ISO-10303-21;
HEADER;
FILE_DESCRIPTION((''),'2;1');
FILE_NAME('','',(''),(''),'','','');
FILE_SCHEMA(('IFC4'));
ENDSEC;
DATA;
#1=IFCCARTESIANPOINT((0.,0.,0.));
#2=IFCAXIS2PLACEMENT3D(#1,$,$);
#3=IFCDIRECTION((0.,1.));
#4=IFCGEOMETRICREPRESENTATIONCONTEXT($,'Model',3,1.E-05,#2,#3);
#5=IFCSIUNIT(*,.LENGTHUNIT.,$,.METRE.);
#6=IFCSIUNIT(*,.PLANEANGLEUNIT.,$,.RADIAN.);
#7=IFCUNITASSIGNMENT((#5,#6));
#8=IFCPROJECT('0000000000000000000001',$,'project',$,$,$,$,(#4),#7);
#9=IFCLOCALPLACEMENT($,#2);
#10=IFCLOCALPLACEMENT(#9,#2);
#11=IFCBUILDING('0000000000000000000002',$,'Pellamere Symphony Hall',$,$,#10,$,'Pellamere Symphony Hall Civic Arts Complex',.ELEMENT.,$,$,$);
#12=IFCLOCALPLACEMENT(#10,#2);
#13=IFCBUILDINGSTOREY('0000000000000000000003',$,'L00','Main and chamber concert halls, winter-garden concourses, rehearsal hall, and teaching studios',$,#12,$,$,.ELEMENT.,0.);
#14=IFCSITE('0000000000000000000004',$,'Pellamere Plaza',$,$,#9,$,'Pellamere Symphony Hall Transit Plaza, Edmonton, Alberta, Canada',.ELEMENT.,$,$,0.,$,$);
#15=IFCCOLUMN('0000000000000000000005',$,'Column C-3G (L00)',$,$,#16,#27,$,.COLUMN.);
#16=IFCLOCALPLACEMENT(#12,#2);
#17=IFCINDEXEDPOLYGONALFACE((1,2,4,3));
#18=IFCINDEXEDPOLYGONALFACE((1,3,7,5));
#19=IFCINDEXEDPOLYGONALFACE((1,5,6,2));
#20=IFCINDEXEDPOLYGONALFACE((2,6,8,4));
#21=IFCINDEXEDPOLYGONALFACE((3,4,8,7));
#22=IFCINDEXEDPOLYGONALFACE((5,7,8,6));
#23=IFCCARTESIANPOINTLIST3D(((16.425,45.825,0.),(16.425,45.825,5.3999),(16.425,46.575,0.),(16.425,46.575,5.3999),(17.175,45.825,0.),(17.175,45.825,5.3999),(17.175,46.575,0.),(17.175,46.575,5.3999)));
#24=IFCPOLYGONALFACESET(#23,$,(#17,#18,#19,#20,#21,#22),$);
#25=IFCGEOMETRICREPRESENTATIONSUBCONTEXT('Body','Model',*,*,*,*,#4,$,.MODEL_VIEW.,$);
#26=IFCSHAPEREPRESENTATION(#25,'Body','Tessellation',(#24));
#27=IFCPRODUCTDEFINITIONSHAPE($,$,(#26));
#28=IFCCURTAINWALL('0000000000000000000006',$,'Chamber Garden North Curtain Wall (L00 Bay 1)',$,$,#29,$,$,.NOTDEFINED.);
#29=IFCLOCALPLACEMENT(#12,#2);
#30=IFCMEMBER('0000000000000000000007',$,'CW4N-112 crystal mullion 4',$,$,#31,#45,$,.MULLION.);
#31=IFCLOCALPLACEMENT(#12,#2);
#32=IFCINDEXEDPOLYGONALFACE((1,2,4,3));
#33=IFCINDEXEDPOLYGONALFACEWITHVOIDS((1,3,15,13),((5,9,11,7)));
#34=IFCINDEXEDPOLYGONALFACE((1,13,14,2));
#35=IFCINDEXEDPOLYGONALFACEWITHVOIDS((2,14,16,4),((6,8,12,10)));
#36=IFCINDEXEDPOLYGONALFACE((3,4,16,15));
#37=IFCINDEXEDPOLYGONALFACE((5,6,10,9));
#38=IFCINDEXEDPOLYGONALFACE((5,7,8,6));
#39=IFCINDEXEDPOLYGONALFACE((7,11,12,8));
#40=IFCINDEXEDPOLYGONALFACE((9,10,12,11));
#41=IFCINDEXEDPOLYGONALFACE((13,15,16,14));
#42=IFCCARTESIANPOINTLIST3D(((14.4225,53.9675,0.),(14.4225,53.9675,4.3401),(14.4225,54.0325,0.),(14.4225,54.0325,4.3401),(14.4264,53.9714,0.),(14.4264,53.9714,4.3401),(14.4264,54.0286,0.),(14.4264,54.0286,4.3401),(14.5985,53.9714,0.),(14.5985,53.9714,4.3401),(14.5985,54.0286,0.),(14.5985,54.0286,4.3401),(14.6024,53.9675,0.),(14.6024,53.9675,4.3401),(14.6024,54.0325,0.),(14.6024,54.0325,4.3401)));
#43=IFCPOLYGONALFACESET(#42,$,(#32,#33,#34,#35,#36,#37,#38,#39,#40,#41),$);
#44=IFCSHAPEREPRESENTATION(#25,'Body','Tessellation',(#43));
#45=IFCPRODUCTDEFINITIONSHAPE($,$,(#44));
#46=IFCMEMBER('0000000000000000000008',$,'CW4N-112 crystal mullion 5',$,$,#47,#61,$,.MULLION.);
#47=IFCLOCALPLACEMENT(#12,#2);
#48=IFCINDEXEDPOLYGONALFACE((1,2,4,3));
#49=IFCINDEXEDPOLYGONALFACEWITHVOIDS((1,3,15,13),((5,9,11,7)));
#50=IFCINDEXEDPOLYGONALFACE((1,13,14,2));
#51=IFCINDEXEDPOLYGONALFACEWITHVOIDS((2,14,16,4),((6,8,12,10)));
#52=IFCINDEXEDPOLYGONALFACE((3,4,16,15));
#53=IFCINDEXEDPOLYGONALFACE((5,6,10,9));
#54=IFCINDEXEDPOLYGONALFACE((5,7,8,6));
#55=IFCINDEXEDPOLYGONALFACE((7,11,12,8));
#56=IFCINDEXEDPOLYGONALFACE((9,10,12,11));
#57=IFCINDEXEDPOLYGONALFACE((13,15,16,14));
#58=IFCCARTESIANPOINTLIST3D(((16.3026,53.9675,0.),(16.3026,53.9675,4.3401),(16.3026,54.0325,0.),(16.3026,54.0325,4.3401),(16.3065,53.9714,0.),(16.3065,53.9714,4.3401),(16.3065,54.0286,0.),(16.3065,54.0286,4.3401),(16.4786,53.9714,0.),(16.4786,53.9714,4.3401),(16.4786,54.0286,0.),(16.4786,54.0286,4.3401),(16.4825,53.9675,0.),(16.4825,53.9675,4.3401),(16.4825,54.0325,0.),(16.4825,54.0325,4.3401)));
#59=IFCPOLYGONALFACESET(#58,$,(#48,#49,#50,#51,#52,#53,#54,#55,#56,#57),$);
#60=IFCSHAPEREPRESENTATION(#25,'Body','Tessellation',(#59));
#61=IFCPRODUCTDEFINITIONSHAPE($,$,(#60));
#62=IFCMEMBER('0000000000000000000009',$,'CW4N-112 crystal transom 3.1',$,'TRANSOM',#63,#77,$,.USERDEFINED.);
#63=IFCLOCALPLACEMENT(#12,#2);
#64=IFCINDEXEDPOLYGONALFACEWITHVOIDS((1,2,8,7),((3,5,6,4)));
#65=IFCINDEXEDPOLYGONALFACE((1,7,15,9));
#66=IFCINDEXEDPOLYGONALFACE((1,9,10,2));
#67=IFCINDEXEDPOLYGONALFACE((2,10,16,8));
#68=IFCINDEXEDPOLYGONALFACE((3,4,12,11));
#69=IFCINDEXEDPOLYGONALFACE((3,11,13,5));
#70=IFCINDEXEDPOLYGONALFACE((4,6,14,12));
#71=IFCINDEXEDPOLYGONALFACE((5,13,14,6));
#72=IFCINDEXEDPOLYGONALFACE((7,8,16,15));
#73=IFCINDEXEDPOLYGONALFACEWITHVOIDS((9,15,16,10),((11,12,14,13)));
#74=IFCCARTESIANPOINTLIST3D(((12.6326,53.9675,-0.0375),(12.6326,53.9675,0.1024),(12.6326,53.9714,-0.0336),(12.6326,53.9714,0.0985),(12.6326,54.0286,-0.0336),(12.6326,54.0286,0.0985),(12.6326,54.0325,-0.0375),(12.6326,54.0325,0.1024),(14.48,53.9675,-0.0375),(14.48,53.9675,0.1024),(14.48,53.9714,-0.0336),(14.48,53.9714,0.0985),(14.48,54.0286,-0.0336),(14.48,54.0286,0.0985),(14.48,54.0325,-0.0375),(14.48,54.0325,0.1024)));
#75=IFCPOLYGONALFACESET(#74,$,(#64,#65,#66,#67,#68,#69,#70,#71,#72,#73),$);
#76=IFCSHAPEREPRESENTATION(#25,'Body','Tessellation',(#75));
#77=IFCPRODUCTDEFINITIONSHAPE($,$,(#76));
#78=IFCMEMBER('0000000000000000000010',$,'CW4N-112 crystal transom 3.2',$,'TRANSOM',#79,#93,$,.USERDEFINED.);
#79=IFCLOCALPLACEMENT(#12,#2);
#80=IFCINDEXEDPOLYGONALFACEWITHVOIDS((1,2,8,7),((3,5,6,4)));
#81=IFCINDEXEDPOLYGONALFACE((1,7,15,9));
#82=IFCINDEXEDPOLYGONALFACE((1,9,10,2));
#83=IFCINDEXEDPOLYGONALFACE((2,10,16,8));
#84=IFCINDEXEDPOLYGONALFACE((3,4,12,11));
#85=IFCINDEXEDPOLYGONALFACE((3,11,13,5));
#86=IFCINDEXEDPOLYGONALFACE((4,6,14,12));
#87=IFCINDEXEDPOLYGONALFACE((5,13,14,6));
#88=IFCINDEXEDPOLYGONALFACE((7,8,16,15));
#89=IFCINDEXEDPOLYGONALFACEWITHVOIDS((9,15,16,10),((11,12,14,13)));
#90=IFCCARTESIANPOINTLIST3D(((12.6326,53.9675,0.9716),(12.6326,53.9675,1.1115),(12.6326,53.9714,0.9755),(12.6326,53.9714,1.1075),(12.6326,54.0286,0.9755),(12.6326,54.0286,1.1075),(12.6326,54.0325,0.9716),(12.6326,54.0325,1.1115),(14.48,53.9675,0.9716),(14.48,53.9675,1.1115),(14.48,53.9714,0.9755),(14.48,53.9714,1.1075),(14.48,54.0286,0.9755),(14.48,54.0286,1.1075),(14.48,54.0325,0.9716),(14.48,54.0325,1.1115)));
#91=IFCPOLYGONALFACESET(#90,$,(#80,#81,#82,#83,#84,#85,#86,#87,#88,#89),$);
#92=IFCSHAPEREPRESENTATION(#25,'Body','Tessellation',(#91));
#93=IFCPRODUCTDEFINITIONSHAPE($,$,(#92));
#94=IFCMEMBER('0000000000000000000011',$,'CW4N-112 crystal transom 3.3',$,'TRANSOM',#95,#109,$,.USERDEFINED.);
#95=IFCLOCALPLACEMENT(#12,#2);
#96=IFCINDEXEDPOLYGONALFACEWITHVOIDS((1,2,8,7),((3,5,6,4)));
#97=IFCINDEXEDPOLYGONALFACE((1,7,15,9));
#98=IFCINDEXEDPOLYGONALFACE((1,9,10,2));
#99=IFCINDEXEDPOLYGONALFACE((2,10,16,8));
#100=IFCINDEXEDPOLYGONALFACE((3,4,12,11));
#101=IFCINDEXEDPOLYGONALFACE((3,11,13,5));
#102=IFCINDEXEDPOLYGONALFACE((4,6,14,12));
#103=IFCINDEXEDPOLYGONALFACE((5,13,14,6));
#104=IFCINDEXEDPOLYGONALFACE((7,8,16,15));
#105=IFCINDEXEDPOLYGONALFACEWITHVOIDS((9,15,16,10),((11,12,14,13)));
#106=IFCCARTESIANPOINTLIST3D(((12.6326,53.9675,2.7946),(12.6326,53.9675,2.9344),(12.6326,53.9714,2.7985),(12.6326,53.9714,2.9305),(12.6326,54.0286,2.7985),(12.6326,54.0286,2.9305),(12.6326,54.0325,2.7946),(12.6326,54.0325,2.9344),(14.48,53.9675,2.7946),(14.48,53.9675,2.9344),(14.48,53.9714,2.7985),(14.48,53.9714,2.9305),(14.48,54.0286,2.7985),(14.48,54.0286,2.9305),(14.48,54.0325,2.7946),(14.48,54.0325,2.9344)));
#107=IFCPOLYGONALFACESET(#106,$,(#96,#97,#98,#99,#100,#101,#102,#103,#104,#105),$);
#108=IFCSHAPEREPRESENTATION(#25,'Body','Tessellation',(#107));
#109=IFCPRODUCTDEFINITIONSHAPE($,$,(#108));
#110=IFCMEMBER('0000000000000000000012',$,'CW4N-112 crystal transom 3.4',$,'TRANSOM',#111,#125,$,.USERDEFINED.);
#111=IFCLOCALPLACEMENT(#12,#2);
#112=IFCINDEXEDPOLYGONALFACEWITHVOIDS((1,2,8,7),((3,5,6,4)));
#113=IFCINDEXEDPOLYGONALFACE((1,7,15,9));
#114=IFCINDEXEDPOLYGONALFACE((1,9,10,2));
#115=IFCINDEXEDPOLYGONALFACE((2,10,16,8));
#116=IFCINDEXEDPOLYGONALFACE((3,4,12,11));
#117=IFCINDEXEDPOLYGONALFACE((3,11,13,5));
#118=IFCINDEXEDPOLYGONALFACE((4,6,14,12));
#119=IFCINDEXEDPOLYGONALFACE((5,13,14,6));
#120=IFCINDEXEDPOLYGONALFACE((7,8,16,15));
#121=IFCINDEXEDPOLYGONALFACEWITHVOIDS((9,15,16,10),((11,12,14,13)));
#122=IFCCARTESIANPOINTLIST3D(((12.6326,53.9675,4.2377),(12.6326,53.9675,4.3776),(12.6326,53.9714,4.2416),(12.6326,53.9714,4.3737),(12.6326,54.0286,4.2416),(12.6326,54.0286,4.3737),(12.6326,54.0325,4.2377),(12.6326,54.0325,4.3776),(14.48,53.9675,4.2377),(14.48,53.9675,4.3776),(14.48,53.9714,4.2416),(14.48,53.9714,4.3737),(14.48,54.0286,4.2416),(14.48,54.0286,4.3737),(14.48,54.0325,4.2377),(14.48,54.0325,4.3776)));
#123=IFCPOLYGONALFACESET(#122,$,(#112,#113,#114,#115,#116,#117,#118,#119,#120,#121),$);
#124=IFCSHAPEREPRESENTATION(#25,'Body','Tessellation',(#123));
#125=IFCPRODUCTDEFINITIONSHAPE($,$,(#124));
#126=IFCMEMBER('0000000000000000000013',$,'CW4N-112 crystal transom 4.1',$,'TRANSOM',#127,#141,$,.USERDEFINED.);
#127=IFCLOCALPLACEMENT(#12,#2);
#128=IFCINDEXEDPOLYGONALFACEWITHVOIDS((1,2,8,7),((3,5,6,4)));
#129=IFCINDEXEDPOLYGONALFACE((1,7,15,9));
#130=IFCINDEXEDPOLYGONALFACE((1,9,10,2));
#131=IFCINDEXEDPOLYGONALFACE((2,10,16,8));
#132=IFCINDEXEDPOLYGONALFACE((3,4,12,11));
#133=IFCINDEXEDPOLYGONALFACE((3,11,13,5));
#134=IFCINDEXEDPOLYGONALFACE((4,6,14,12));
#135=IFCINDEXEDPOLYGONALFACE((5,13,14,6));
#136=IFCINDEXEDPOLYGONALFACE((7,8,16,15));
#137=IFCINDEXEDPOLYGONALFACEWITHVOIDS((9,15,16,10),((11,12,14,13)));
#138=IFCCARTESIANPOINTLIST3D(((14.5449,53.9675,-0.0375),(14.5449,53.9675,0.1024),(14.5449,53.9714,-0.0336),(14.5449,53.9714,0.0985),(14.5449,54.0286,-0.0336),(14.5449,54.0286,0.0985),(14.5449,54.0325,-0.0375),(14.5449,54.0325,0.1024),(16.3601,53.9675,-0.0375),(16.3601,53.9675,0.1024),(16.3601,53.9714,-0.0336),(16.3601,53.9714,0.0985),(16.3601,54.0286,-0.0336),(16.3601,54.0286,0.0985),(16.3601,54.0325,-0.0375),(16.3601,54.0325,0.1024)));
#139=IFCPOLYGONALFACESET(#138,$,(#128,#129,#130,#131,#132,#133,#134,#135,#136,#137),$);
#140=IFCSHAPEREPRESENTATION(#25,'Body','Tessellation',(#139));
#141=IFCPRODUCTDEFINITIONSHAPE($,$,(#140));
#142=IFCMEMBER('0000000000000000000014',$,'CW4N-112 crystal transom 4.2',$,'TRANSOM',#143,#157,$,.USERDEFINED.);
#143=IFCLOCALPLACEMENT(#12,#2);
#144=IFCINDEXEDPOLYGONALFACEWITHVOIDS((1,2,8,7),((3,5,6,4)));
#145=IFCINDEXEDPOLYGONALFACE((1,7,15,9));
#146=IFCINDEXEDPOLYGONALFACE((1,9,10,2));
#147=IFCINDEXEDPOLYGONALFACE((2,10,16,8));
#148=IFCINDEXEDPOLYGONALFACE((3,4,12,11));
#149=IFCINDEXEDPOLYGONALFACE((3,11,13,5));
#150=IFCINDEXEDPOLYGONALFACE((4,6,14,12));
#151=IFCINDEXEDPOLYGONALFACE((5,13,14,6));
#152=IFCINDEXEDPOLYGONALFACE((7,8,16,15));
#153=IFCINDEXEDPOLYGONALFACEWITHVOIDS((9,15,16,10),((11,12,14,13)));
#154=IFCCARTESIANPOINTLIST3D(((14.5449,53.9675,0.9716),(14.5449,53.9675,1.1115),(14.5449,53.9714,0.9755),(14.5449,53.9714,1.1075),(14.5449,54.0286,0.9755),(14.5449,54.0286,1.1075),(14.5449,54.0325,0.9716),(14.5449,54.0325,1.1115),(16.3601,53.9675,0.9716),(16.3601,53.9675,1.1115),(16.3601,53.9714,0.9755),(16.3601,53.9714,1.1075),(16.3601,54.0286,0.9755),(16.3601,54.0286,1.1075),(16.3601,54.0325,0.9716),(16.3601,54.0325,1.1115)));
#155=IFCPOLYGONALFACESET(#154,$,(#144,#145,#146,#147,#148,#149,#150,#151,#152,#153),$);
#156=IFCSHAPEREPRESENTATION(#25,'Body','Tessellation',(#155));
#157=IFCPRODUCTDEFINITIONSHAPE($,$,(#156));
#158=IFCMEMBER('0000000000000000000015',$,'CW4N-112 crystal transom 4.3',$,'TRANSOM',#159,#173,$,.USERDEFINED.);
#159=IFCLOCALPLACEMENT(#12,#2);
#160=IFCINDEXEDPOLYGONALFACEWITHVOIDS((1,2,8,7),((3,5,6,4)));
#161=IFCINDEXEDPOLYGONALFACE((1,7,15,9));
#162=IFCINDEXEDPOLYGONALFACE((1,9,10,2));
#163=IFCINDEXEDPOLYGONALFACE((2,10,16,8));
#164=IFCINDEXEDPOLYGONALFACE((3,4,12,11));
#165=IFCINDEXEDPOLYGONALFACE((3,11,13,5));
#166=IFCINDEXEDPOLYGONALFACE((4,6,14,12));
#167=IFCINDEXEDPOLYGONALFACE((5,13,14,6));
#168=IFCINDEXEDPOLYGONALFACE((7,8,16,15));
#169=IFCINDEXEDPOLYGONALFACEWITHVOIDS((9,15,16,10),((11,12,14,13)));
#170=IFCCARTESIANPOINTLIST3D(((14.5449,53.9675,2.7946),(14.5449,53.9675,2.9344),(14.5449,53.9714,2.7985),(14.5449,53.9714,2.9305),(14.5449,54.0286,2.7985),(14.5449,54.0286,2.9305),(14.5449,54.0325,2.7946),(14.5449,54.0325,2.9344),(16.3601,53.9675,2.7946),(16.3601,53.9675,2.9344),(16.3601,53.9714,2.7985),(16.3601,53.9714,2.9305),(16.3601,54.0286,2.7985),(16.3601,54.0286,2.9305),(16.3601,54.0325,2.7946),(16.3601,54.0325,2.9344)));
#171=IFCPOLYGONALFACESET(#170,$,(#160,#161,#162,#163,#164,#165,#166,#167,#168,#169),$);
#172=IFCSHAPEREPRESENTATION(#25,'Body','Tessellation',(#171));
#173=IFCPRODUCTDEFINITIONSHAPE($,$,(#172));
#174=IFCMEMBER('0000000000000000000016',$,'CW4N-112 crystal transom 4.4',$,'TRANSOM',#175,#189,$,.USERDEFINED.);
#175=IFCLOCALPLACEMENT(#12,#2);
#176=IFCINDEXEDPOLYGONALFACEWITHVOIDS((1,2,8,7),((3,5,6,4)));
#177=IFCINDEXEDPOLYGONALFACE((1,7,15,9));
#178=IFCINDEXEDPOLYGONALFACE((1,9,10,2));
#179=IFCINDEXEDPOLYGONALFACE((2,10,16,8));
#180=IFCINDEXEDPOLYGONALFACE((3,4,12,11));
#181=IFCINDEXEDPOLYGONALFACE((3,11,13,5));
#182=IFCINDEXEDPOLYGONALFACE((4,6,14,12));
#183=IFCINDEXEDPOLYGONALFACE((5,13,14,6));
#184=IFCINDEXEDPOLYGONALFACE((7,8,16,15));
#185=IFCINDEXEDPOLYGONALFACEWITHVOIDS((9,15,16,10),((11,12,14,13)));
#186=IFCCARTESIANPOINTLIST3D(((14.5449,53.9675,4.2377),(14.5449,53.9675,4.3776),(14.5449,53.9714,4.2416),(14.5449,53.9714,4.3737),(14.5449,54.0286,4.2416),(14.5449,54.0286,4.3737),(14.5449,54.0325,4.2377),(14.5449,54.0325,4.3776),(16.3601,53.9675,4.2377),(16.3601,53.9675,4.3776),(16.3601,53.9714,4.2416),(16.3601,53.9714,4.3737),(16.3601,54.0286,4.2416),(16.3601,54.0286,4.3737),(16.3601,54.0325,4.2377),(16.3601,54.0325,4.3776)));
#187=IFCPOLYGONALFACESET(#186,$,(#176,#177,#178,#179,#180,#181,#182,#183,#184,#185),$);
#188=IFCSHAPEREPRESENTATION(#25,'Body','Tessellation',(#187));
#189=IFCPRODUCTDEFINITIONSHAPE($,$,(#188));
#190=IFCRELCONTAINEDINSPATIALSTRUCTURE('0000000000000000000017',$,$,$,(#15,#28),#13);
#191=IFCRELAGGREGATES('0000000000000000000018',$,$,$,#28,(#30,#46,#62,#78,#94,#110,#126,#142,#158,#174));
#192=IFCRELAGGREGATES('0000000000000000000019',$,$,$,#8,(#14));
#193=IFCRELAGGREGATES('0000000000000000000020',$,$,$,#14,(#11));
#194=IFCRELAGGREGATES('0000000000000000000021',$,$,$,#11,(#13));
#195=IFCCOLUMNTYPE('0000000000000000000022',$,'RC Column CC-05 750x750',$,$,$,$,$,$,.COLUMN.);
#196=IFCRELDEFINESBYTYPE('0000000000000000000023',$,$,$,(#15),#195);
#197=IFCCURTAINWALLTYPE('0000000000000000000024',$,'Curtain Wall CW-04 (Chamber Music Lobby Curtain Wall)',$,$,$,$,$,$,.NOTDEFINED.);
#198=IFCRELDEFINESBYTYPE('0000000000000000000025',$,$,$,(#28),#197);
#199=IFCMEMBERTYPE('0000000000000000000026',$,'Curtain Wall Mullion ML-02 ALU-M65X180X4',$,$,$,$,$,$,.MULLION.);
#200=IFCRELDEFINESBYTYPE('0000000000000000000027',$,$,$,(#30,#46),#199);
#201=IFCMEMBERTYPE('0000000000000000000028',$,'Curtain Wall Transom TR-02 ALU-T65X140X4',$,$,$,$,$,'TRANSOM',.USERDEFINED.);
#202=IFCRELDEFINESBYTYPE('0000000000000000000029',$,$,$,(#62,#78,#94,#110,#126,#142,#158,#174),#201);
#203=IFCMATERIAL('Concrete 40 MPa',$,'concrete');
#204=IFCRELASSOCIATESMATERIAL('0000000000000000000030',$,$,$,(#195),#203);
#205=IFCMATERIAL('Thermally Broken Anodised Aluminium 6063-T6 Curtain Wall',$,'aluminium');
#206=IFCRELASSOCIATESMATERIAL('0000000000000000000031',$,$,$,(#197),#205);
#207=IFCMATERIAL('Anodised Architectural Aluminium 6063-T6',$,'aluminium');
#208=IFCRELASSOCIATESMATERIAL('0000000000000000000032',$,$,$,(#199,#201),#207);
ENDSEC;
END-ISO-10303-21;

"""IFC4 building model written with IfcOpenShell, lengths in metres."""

from ifc_helpers import new_model, si_unit, direction, frame, origin, origin_2d, place, context, subcontext, project, spatial, rectangle, hollow_rectangle, extrude, material, material_profile, profile_set, type_object, element, aggregate, save


model = new_model("IFC4")

# Units and contexts
model_context = context("Model", 3, precision=1e-05, world=origin(), true_north=direction((0.0, 1.0)))
body_context = subcontext(model_context, "Body", "Model", "MODEL_VIEW")
ifc_project = project(units=[si_unit("LENGTHUNIT", "METRE"), si_unit("PLANEANGLEUNIT", "RADIAN")], contexts=[model_context])

# Site, building, storey
site_placement = place(None, origin())
site = spatial("IfcSite", under=ifc_project, at=site_placement, Name="Pellamere Plaza", LongName="Pellamere Symphony Hall Transit Plaza, Edmonton, Alberta, Canada", CompositionType="ELEMENT", RefElevation=0.0)
building_placement = place(site_placement, origin())
building = spatial("IfcBuilding", under=site, at=building_placement, Name="Pellamere Symphony Hall", LongName="Pellamere Symphony Hall Civic Arts Complex", CompositionType="ELEMENT")
storey_placement = place(building_placement, origin())
storey = spatial("IfcBuildingStorey", under=building, at=storey_placement, Name="L00", Description="Main and chamber concert halls, winter-garden concourses, rehearsal hall, and teaching studios", CompositionType="ELEMENT", Elevation=0.0)

# Column
ifc_material_1 = material(Name="Concrete 40 MPa", Category="concrete")
ifc_material_profile_1 = material_profile(ifc_material_1, rectangle(XDim=0.75, YDim=0.75, at=origin_2d()), Name="RC 750x750")
ifc_profile_set_1 = profile_set([ifc_material_profile_1], Name="Concrete 40 MPa")
column_type = type_object("IfcColumnType", Name="RC Column CC-05 750x750", PredefinedType="COLUMN", material=ifc_profile_set_1)
column_placement = place(storey_placement, frame((16.8, 46.2, 0.0), z_axis=(0.0, 0.0, 1.0), x_axis=(1.0, 0.0, 0.0)))
element("IfcColumn", 1, at=column_placement, inside=storey, type_object=column_type, Name="Column C-3G (L00)", PredefinedType="COLUMN", context=body_context, shape_type="SweptSolid", body=[
    extrude(rectangle(XDim=0.75, YDim=0.75, at=origin_2d()), origin(), (0.0, 0.0, 1.0), 5.3999),
])

# Curtain wall, members
ifc_material_2 = material(Name="Thermally Broken Anodised Aluminium 6063-T6 Curtain Wall", Category="aluminium")
curtain_wall_type = type_object("IfcCurtainWallType", Name="Curtain Wall CW-04 (Chamber Music Lobby Curtain Wall)", PredefinedType="NOTDEFINED", material=ifc_material_2)
curtain_wall_placement = place(storey_placement, origin())
curtain_wall = element("IfcCurtainWall", 2, at=curtain_wall_placement, inside=storey, type_object=curtain_wall_type, Name="Chamber Garden North Curtain Wall (L00 Bay 1)", PredefinedType="NOTDEFINED")
ifc_material_3 = material(Name="Anodised Architectural Aluminium 6063-T6", Category="aluminium")
ifc_material_profile_2 = material_profile(ifc_material_3, hollow_rectangle(XDim=0.0649, YDim=0.1799, WallThickness=0.0039, at=origin_2d()), Name="ALU-M65X180X4")
ifc_profile_set_2 = profile_set([ifc_material_profile_2], Name="Anodised Architectural Aluminium 6063-T6")
member_type_1 = type_object("IfcMemberType", Name="Curtain Wall Mullion ML-02 ALU-M65X180X4", PredefinedType="MULLION", material=ifc_profile_set_2)
member_1_placement = place(storey_placement, frame((14.5125, 54.0, 0.0), z_axis=(0.0, 0.0, 1.0), x_axis=(0.0, 1.0, 0.0)))
member_1 = element("IfcMember", 3, at=member_1_placement, type_object=member_type_1, Name="CW4N-112 crystal mullion 4", PredefinedType="MULLION", context=body_context, shape_type="SweptSolid", body=[
    extrude(hollow_rectangle(XDim=0.0649, YDim=0.1799, WallThickness=0.0039, at=origin_2d()), origin(), (0.0, 0.0, 1.0), 4.3401),
])
member_2_placement = place(storey_placement, frame((16.3926, 54.0, 0.0), z_axis=(0.0, 0.0, 1.0), x_axis=(0.0, 1.0, 0.0)))
member_2 = element("IfcMember", 4, at=member_2_placement, type_object=member_type_1, Name="CW4N-112 crystal mullion 5", PredefinedType="MULLION", context=body_context, shape_type="SweptSolid", body=[
    extrude(hollow_rectangle(XDim=0.0649, YDim=0.1799, WallThickness=0.0039, at=origin_2d()), origin(), (0.0, 0.0, 1.0), 4.3401),
])
ifc_material_profile_3 = material_profile(ifc_material_3, hollow_rectangle(XDim=0.0649, YDim=0.1399, WallThickness=0.0039, at=origin_2d()), Name="ALU-T65X140X4")
ifc_profile_set_3 = profile_set([ifc_material_profile_3], Name="Anodised Architectural Aluminium 6063-T6")
member_type_2 = type_object("IfcMemberType", Name="Curtain Wall Transom TR-02 ALU-T65X140X4", ElementType="TRANSOM", PredefinedType="USERDEFINED", material=ifc_profile_set_3)
member_3_placement = place(storey_placement, frame((12.6326, 54.0, 0.0325), z_axis=(1.0, 0.0, 0.0), x_axis=(0.0, 1.0, 0.0)))
member_3 = element("IfcMember", 5, at=member_3_placement, type_object=member_type_2, Name="CW4N-112 crystal transom 3.1", ObjectType="TRANSOM", PredefinedType="USERDEFINED", context=body_context, shape_type="SweptSolid", body=[
    extrude(hollow_rectangle(XDim=0.0649, YDim=0.1399, WallThickness=0.0039, at=origin_2d()), origin(), (0.0, 0.0, 1.0), 1.8474),
])
member_4_placement = place(storey_placement, frame((12.6326, 54.0, 1.0415), z_axis=(1.0, 0.0, 0.0), x_axis=(0.0, 1.0, 0.0)))
member_4 = element("IfcMember", 6, at=member_4_placement, type_object=member_type_2, Name="CW4N-112 crystal transom 3.2", ObjectType="TRANSOM", PredefinedType="USERDEFINED", context=body_context, shape_type="SweptSolid", body=[
    extrude(hollow_rectangle(XDim=0.0649, YDim=0.1399, WallThickness=0.0039, at=origin_2d()), origin(), (0.0, 0.0, 1.0), 1.8474),
])
member_5_placement = place(storey_placement, frame((12.6326, 54.0, 2.8645), z_axis=(1.0, 0.0, 0.0), x_axis=(0.0, 1.0, 0.0)))
member_5 = element("IfcMember", 7, at=member_5_placement, type_object=member_type_2, Name="CW4N-112 crystal transom 3.3", ObjectType="TRANSOM", PredefinedType="USERDEFINED", context=body_context, shape_type="SweptSolid", body=[
    extrude(hollow_rectangle(XDim=0.0649, YDim=0.1399, WallThickness=0.0039, at=origin_2d()), origin(), (0.0, 0.0, 1.0), 1.8474),
])
member_6_placement = place(storey_placement, frame((12.6326, 54.0, 4.3076), z_axis=(1.0, 0.0, 0.0), x_axis=(0.0, 1.0, 0.0)))
member_6 = element("IfcMember", 8, at=member_6_placement, type_object=member_type_2, Name="CW4N-112 crystal transom 3.4", ObjectType="TRANSOM", PredefinedType="USERDEFINED", context=body_context, shape_type="SweptSolid", body=[
    extrude(hollow_rectangle(XDim=0.0649, YDim=0.1399, WallThickness=0.0039, at=origin_2d()), origin(), (0.0, 0.0, 1.0), 1.8474),
])
member_7_placement = place(storey_placement, frame((14.5449, 54.0, 0.0325), z_axis=(1.0, 0.0, 0.0), x_axis=(0.0, 1.0, 0.0)))
member_7 = element("IfcMember", 9, at=member_7_placement, type_object=member_type_2, Name="CW4N-112 crystal transom 4.1", ObjectType="TRANSOM", PredefinedType="USERDEFINED", context=body_context, shape_type="SweptSolid", body=[
    extrude(hollow_rectangle(XDim=0.0649, YDim=0.1399, WallThickness=0.0039, at=origin_2d()), origin(), (0.0, 0.0, 1.0), 1.8152),
])
member_8_placement = place(storey_placement, frame((14.5449, 54.0, 1.0415), z_axis=(1.0, 0.0, 0.0), x_axis=(0.0, 1.0, 0.0)))
member_8 = element("IfcMember", 10, at=member_8_placement, type_object=member_type_2, Name="CW4N-112 crystal transom 4.2", ObjectType="TRANSOM", PredefinedType="USERDEFINED", context=body_context, shape_type="SweptSolid", body=[
    extrude(hollow_rectangle(XDim=0.0649, YDim=0.1399, WallThickness=0.0039, at=origin_2d()), origin(), (0.0, 0.0, 1.0), 1.8152),
])
member_9_placement = place(storey_placement, frame((14.5449, 54.0, 2.8645), z_axis=(1.0, 0.0, 0.0), x_axis=(0.0, 1.0, 0.0)))
member_9 = element("IfcMember", 11, at=member_9_placement, type_object=member_type_2, Name="CW4N-112 crystal transom 4.3", ObjectType="TRANSOM", PredefinedType="USERDEFINED", context=body_context, shape_type="SweptSolid", body=[
    extrude(hollow_rectangle(XDim=0.0649, YDim=0.1399, WallThickness=0.0039, at=origin_2d()), origin(), (0.0, 0.0, 1.0), 1.8152),
])
member_10_placement = place(storey_placement, frame((14.5449, 54.0, 4.3076), z_axis=(1.0, 0.0, 0.0), x_axis=(0.0, 1.0, 0.0)))
member_10 = element("IfcMember", 12, at=member_10_placement, type_object=member_type_2, Name="CW4N-112 crystal transom 4.4", ObjectType="TRANSOM", PredefinedType="USERDEFINED", context=body_context, shape_type="SweptSolid", body=[
    extrude(hollow_rectangle(XDim=0.0649, YDim=0.1399, WallThickness=0.0039, at=origin_2d()), origin(), (0.0, 0.0, 1.0), 1.8152),
])

aggregate(curtain_wall, [member_1, member_2, member_3, member_4, member_5, member_6, member_7, member_8, member_9, member_10])

save(model, "model.ifc")
